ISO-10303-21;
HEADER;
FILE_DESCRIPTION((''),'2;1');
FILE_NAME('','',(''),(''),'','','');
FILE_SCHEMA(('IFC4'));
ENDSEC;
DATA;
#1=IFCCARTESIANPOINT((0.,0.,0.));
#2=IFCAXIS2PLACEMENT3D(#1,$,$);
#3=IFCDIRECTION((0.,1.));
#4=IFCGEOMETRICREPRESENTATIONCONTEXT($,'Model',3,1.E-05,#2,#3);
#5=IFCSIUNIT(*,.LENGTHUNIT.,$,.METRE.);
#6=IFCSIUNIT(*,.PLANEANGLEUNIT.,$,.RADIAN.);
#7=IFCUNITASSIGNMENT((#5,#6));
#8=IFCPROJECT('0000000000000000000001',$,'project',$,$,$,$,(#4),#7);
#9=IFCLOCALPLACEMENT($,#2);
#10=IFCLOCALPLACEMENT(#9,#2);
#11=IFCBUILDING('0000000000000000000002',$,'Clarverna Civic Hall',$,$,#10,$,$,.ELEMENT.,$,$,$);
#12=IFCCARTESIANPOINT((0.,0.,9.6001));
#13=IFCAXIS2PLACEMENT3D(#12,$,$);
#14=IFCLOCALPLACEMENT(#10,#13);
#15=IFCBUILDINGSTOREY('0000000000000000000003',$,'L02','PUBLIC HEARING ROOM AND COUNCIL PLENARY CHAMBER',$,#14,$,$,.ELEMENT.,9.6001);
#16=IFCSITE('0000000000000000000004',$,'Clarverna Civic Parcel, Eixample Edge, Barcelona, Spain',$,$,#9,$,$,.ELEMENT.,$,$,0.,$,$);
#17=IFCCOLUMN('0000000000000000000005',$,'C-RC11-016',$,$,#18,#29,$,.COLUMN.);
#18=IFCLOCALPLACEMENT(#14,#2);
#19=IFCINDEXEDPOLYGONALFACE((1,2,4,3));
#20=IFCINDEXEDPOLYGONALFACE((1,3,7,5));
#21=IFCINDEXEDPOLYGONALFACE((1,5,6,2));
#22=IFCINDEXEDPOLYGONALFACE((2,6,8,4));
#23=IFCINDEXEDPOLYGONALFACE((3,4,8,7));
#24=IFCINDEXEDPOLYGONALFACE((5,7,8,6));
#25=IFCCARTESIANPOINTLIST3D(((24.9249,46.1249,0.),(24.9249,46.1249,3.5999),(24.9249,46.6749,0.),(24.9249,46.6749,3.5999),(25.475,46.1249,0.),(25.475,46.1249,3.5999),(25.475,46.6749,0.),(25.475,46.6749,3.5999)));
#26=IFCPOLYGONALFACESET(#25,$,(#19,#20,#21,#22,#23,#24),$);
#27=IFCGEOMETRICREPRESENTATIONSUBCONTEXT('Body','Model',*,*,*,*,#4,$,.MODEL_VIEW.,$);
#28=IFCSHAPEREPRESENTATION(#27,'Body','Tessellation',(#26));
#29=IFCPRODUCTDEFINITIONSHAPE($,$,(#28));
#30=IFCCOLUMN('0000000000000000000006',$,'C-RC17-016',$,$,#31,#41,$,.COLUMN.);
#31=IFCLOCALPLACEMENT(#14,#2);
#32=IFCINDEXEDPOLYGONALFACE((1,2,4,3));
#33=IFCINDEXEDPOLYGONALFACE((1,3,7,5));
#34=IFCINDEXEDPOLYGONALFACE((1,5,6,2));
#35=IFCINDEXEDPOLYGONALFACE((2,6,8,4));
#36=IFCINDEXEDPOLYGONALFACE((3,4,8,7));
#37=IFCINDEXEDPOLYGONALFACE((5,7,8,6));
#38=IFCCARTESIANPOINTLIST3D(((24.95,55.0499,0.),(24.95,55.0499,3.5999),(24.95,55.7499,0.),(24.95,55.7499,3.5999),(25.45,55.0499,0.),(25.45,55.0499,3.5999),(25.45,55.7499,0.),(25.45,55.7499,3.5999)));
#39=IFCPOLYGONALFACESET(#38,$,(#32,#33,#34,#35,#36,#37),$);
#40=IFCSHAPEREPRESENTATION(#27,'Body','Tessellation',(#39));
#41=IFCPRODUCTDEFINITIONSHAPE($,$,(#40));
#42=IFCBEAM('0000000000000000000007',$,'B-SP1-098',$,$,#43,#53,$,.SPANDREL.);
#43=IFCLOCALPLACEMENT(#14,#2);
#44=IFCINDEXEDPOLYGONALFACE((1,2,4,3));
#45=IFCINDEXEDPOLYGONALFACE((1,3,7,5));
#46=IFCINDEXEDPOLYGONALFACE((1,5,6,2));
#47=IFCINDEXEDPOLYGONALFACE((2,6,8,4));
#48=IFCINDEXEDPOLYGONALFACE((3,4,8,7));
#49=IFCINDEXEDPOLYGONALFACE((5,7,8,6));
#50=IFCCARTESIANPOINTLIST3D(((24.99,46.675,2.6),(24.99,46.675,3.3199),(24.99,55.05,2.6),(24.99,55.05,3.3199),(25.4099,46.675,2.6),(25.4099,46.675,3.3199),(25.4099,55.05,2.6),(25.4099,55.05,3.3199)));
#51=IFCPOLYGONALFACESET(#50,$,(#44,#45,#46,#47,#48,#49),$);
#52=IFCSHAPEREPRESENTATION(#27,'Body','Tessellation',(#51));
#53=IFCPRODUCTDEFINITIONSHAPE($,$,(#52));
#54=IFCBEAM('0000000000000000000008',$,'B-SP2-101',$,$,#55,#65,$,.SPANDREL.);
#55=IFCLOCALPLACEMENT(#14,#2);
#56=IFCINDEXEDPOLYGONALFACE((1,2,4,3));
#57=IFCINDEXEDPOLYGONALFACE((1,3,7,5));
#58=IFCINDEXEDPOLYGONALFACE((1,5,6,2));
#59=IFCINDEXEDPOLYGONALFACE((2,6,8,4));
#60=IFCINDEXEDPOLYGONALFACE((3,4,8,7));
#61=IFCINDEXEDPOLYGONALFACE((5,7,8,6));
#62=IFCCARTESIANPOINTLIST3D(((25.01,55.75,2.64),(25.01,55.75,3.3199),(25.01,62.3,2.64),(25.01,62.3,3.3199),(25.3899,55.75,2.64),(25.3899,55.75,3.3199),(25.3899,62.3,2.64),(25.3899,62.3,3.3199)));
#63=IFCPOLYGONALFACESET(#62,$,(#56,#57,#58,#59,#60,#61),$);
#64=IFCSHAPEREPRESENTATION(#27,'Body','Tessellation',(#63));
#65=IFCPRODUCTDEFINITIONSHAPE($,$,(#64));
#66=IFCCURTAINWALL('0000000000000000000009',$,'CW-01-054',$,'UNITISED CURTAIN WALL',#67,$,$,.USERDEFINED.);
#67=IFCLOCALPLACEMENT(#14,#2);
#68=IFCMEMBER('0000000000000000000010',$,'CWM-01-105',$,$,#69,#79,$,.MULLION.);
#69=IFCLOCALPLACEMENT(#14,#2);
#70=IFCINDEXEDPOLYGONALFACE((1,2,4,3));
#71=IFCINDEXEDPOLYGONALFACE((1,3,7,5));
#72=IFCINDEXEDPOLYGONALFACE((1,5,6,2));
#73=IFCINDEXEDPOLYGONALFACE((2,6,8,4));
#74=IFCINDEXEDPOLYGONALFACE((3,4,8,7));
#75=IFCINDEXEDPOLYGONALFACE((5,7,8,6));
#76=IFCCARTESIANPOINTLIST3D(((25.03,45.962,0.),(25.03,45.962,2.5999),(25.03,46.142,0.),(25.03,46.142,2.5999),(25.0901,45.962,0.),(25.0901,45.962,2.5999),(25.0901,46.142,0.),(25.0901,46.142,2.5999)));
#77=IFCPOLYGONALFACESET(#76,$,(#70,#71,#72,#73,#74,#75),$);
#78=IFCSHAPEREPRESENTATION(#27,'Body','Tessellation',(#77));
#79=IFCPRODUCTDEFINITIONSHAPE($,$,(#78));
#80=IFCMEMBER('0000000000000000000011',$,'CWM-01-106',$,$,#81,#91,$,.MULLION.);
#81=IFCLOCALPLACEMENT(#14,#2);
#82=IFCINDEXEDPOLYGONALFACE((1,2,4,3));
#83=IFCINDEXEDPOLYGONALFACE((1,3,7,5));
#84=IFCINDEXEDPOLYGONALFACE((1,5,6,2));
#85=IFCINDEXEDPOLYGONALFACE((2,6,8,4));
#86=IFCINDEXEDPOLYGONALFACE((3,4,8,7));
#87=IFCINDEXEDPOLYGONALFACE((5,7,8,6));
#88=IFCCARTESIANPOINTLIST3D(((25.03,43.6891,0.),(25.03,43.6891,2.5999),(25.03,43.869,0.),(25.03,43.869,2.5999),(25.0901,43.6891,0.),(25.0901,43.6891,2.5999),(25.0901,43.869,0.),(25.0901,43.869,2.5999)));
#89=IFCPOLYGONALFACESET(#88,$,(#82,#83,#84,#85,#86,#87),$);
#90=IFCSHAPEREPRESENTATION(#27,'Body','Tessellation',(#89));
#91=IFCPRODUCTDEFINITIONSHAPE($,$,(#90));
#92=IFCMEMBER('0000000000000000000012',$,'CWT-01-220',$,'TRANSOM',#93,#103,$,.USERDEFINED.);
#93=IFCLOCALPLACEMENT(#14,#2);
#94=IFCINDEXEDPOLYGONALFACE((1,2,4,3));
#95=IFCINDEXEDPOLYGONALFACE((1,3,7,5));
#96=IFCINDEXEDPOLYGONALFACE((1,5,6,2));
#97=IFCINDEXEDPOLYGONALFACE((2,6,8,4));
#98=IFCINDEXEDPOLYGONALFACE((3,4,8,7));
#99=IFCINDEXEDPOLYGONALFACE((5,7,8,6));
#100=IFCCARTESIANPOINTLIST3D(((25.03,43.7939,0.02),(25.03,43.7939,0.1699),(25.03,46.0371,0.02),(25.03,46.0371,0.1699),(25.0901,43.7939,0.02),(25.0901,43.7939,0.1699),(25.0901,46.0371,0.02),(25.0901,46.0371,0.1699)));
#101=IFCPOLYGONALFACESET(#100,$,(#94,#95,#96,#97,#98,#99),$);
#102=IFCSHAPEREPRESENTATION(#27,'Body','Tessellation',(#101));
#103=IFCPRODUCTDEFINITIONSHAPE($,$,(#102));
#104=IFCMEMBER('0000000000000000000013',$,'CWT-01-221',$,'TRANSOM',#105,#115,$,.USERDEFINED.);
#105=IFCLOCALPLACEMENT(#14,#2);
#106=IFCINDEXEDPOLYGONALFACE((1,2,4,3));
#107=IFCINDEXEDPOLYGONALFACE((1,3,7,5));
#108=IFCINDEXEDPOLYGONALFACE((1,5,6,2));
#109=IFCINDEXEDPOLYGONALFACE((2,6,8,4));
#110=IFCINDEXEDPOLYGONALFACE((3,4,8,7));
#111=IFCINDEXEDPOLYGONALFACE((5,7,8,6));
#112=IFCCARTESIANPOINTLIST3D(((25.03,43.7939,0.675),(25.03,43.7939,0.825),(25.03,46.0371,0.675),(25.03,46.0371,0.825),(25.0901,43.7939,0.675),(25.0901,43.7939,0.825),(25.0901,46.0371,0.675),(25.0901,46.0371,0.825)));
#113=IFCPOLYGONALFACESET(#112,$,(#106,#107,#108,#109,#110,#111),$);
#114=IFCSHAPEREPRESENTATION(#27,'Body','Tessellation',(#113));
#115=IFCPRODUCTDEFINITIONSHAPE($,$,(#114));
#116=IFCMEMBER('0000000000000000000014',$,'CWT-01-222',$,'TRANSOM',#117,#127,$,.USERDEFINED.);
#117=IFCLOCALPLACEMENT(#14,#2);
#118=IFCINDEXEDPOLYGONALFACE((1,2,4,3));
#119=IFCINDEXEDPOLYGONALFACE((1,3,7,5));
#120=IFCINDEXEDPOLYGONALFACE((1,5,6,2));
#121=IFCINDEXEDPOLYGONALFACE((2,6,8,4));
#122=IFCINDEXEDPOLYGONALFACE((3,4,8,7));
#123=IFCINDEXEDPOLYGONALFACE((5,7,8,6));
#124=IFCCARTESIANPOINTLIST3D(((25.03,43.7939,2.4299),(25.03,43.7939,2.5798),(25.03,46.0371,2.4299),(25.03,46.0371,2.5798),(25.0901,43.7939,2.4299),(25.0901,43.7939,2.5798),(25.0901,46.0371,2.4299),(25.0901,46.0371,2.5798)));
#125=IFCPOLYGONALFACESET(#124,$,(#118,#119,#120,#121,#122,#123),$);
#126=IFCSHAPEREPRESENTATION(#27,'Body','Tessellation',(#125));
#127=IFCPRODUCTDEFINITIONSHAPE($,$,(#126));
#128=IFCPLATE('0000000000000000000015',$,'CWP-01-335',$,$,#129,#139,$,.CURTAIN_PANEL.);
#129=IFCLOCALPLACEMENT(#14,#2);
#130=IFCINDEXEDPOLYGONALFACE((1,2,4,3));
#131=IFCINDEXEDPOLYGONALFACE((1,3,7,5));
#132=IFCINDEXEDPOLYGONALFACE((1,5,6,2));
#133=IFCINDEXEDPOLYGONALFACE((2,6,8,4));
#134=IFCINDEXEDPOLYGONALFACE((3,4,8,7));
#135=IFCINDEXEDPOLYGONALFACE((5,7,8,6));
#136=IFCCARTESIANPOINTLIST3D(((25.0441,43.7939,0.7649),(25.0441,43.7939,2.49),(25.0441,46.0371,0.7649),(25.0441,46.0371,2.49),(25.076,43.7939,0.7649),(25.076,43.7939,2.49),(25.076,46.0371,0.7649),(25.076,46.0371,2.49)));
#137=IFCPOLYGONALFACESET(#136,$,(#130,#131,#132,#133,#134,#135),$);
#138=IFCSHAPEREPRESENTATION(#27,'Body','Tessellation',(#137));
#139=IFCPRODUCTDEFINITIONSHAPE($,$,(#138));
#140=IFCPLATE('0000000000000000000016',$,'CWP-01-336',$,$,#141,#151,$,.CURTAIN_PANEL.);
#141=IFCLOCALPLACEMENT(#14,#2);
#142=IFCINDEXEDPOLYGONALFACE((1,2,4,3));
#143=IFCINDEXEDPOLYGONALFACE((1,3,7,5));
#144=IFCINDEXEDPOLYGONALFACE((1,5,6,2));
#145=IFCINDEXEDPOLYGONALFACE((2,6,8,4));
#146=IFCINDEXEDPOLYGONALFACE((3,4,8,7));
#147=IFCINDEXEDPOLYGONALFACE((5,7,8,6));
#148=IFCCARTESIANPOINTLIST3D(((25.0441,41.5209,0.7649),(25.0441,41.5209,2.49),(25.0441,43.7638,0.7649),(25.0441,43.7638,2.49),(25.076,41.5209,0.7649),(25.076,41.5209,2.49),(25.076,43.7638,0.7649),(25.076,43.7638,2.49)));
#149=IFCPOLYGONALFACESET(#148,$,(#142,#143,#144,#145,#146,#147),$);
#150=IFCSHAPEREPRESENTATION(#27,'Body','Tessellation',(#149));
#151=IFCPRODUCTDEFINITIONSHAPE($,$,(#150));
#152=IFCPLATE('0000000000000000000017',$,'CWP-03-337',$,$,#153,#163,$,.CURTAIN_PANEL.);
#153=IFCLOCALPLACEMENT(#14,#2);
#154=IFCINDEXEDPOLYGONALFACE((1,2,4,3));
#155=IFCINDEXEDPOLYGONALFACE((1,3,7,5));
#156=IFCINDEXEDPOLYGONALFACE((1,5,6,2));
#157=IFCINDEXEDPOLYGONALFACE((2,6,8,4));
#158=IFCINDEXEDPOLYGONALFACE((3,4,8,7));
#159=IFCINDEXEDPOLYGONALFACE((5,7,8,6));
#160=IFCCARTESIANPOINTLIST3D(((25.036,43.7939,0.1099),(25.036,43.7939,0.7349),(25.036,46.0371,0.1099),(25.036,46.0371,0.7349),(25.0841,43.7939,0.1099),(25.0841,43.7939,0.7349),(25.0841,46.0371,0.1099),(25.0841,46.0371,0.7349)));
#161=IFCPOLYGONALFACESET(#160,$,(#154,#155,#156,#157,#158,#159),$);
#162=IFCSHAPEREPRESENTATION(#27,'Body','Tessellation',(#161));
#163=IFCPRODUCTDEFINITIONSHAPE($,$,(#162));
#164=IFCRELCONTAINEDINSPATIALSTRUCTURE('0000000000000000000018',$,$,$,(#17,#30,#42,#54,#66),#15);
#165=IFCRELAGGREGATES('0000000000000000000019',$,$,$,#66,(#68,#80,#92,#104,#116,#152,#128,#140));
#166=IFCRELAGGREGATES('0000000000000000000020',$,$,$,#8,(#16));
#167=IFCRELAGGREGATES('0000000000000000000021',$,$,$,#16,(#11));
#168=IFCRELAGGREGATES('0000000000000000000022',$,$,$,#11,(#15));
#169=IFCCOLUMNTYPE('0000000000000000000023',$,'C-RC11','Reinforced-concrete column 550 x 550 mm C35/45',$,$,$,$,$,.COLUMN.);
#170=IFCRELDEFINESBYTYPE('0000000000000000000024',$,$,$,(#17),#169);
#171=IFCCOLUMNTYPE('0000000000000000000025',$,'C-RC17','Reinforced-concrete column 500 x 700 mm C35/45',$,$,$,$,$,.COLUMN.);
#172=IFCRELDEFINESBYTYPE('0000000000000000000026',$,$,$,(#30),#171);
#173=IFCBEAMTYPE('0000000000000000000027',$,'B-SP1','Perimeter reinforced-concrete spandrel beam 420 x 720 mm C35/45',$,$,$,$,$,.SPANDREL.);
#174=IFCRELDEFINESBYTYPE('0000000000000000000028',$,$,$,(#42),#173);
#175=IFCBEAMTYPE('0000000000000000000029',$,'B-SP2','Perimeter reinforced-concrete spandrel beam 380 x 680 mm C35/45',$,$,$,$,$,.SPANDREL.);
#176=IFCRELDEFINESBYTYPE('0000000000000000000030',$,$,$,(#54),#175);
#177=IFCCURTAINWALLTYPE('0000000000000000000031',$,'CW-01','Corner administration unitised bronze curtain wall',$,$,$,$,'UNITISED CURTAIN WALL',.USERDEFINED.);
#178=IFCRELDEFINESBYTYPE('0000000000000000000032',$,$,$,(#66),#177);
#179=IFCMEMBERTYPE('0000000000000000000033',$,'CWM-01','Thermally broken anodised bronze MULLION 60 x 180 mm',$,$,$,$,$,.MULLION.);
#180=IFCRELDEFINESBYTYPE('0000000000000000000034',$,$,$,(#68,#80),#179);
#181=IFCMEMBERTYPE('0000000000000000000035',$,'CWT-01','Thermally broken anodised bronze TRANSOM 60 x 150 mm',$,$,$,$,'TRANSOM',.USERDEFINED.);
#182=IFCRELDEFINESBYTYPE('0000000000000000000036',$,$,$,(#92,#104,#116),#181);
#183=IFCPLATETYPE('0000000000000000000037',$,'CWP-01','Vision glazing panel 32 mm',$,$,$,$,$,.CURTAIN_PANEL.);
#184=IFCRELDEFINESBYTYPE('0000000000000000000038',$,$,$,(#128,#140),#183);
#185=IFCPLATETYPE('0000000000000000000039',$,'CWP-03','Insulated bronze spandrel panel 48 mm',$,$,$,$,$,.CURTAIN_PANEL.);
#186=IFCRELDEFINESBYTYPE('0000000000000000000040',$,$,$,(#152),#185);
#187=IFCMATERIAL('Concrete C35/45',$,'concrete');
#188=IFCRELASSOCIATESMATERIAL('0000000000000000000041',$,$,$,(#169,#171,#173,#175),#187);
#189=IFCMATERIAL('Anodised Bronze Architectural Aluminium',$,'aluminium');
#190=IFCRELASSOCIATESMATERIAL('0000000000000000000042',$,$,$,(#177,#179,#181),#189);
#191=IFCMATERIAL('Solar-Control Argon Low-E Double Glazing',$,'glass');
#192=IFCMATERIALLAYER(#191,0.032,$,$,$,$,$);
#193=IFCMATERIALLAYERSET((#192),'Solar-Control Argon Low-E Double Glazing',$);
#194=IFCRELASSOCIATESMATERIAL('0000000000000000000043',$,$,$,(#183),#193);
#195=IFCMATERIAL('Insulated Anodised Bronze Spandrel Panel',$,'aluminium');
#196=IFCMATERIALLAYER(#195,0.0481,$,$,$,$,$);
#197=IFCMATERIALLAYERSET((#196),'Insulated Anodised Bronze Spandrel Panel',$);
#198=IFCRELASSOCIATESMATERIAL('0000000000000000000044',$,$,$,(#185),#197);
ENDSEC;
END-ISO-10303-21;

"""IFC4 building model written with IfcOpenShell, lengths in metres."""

from ifc_helpers import new_model, si_unit, direction, frame, frame_2d, origin, origin_2d, place, context, subcontext, project, spatial, rectangle, extrude, material, layer, layer_set, material_profile, profile_set, type_object, element, aggregate, save


model = new_model("IFC4")

# Units and contexts
model_context = context("Model", 3, precision=1e-05, world=origin(), true_north=direction((0.0, 1.0)))
body_context = subcontext(model_context, "Body", "Model", "MODEL_VIEW")
ifc_project = project(units=[si_unit("LENGTHUNIT", "METRE"), si_unit("PLANEANGLEUNIT", "RADIAN")], contexts=[model_context])

# Site, building, storey
site_placement = place(None, origin())
site = spatial("IfcSite", under=ifc_project, at=site_placement, Name="Clarverna Civic Parcel, Eixample Edge, Barcelona, Spain", CompositionType="ELEMENT", RefElevation=0.0)
building_placement = place(site_placement, origin())
building = spatial("IfcBuilding", under=site, at=building_placement, Name="Clarverna Civic Hall", CompositionType="ELEMENT")
storey_placement = place(building_placement, frame((0.0, 0.0, 9.6001)))
storey = spatial("IfcBuildingStorey", under=building, at=storey_placement, Name="L02", Description="PUBLIC HEARING ROOM AND COUNCIL PLENARY CHAMBER", CompositionType="ELEMENT", Elevation=9.6001)

# Columns
ifc_material_1 = material(Name="Concrete C35/45", Category="concrete")
ifc_material_profile_1 = material_profile(ifc_material_1, rectangle(XDim=0.55, YDim=0.55, at=origin_2d()), Name="RC 550x550")
ifc_profile_set_1 = profile_set([ifc_material_profile_1], Name="Concrete C35/45")
column_type_1 = type_object("IfcColumnType", Name="C-RC11", Description="Reinforced-concrete column 550 x 550 mm C35/45", PredefinedType="COLUMN", material=ifc_profile_set_1)
column_1_placement = place(storey_placement, frame((25.2, 46.3999, 0.0), z_axis=(0.0, 0.0, 1.0), x_axis=(1.0, 0.0, 0.0)))
element("IfcColumn", 1, at=column_1_placement, inside=storey, type_object=column_type_1, Name="C-RC11-016", PredefinedType="COLUMN", context=body_context, shape_type="SweptSolid", body=[
    extrude(rectangle(XDim=0.55, YDim=0.55, at=origin_2d()), origin(), (0.0, 0.0, 1.0), 3.5999),
])
ifc_material_profile_2 = material_profile(ifc_material_1, rectangle(XDim=0.5, YDim=0.7, at=origin_2d()), Name="RC 500x700")
ifc_profile_set_2 = profile_set([ifc_material_profile_2], Name="Concrete C35/45")
column_type_2 = type_object("IfcColumnType", Name="C-RC17", Description="Reinforced-concrete column 500 x 700 mm C35/45", PredefinedType="COLUMN", material=ifc_profile_set_2)
column_2_placement = place(storey_placement, frame((25.2, 55.3999, 0.0), z_axis=(0.0, 0.0, 1.0), x_axis=(1.0, 0.0, 0.0)))
element("IfcColumn", 2, at=column_2_placement, inside=storey, type_object=column_type_2, Name="C-RC17-016", PredefinedType="COLUMN", context=body_context, shape_type="SweptSolid", body=[
    extrude(rectangle(XDim=0.5, YDim=0.7, at=origin_2d()), origin(), (0.0, 0.0, 1.0), 3.5999),
])

# Beams
ifc_material_profile_3 = material_profile(ifc_material_1, rectangle(XDim=0.4199, YDim=0.72, at=origin_2d()), Name="RC 420x720")
ifc_profile_set_3 = profile_set([ifc_material_profile_3], Name="Concrete C35/45")
beam_type_1 = type_object("IfcBeamType", Name="B-SP1", Description="Perimeter reinforced-concrete spandrel beam 420 x 720 mm C35/45", PredefinedType="SPANDREL", material=ifc_profile_set_3)
beam_1_placement = place(storey_placement, frame((25.2, 46.675, 2.96), z_axis=(0.0, 1.0, 0.0), x_axis=(-1.0, 0.0, 0.0)))
element("IfcBeam", 3, at=beam_1_placement, inside=storey, type_object=beam_type_1, Name="B-SP1-098", PredefinedType="SPANDREL", context=body_context, shape_type="SweptSolid", body=[
    extrude(rectangle(XDim=0.4199, YDim=0.72, at=origin_2d()), origin(), (0.0, 0.0, 1.0), 8.375),
])
ifc_material_profile_4 = material_profile(ifc_material_1, rectangle(XDim=0.3799, YDim=0.6799, at=origin_2d()), Name="RC 380x680")
ifc_profile_set_4 = profile_set([ifc_material_profile_4], Name="Concrete C35/45")
beam_type_2 = type_object("IfcBeamType", Name="B-SP2", Description="Perimeter reinforced-concrete spandrel beam 380 x 680 mm C35/45", PredefinedType="SPANDREL", material=ifc_profile_set_4)
beam_2_placement = place(storey_placement, frame((25.2, 55.75, 2.98), z_axis=(0.0, 1.0, 0.0), x_axis=(-1.0, 0.0, 0.0)))
element("IfcBeam", 4, at=beam_2_placement, inside=storey, type_object=beam_type_2, Name="B-SP2-101", PredefinedType="SPANDREL", context=body_context, shape_type="SweptSolid", body=[
    extrude(rectangle(XDim=0.3799, YDim=0.6799, at=origin_2d()), origin(), (0.0, 0.0, 1.0), 6.55),
])

# Curtain wall, members, plates
ifc_material_2 = material(Name="Anodised Bronze Architectural Aluminium", Category="aluminium")
curtain_wall_type = type_object("IfcCurtainWallType", Name="CW-01", Description="Corner administration unitised bronze curtain wall", ElementType="UNITISED CURTAIN WALL", PredefinedType="USERDEFINED", material=ifc_material_2)
curtain_wall_placement = place(storey_placement, origin())
curtain_wall = element("IfcCurtainWall", 5, at=curtain_wall_placement, inside=storey, type_object=curtain_wall_type, Name="CW-01-054", ObjectType="UNITISED CURTAIN WALL", PredefinedType="USERDEFINED")
ifc_material_profile_5 = material_profile(ifc_material_2, rectangle(XDim=0.0601, YDim=0.1799, at=origin_2d()), Name="BRONZE 60x180")
ifc_profile_set_5 = profile_set([ifc_material_profile_5], Name="Anodised Bronze Architectural Aluminium")
member_type_1 = type_object("IfcMemberType", Name="CWM-01", Description="Thermally broken anodised bronze MULLION 60 x 180 mm", PredefinedType="MULLION", material=ifc_profile_set_5)
member_1_placement = place(storey_placement, frame((25.0601, 46.052, 0.0), z_axis=(0.0, 0.0, 1.0), x_axis=(1.0, 0.0, 0.0)))
member_1 = element("IfcMember", 6, at=member_1_placement, type_object=member_type_1, Name="CWM-01-105", PredefinedType="MULLION", context=body_context, shape_type="SweptSolid", body=[
    extrude(rectangle(XDim=0.0601, YDim=0.1799, at=origin_2d()), origin(), (0.0, 0.0, 1.0), 2.5999),
])
member_2_placement = place(storey_placement, frame((25.0601, 43.7791, 0.0), z_axis=(0.0, 0.0, 1.0), x_axis=(1.0, 0.0, 0.0)))
member_2 = element("IfcMember", 7, at=member_2_placement, type_object=member_type_1, Name="CWM-01-106", PredefinedType="MULLION", context=body_context, shape_type="SweptSolid", body=[
    extrude(rectangle(XDim=0.0601, YDim=0.1799, at=origin_2d()), origin(), (0.0, 0.0, 1.0), 2.5999),
])
ifc_material_profile_6 = material_profile(ifc_material_2, rectangle(XDim=0.0601, YDim=0.1499, at=origin_2d()), Name="BRONZE 60x150")
ifc_profile_set_6 = profile_set([ifc_material_profile_6], Name="Anodised Bronze Architectural Aluminium")
member_type_2 = type_object("IfcMemberType", Name="CWT-01", Description="Thermally broken anodised bronze TRANSOM 60 x 150 mm", ElementType="TRANSOM", PredefinedType="USERDEFINED", material=ifc_profile_set_6)
member_3_placement = place(storey_placement, frame((25.0601, 46.0371, 0.095), z_axis=(0.0, -1.0, 0.0), x_axis=(1.0, 0.0, 0.0)))
member_3 = element("IfcMember", 8, at=member_3_placement, type_object=member_type_2, Name="CWT-01-220", ObjectType="TRANSOM", PredefinedType="USERDEFINED", context=body_context, shape_type="SweptSolid", body=[
    extrude(rectangle(XDim=0.0601, YDim=0.1499, at=origin_2d()), origin(), (0.0, 0.0, 1.0), 2.2432),
])
member_4_placement = place(storey_placement, frame((25.0601, 46.0371, 0.75), z_axis=(0.0, -1.0, 0.0), x_axis=(1.0, 0.0, 0.0)))
member_4 = element("IfcMember", 9, at=member_4_placement, type_object=member_type_2, Name="CWT-01-221", ObjectType="TRANSOM", PredefinedType="USERDEFINED", context=body_context, shape_type="SweptSolid", body=[
    extrude(rectangle(XDim=0.0601, YDim=0.1499, at=origin_2d()), origin(), (0.0, 0.0, 1.0), 2.2432),
])
member_5_placement = place(storey_placement, frame((25.0601, 46.0371, 2.5049), z_axis=(0.0, -1.0, 0.0), x_axis=(1.0, 0.0, 0.0)))
member_5 = element("IfcMember", 10, at=member_5_placement, type_object=member_type_2, Name="CWT-01-222", ObjectType="TRANSOM", PredefinedType="USERDEFINED", context=body_context, shape_type="SweptSolid", body=[
    extrude(rectangle(XDim=0.0601, YDim=0.1499, at=origin_2d()), origin(), (0.0, 0.0, 1.0), 2.2432),
])
ifc_material_3 = material(Name="Solar-Control Argon Low-E Double Glazing", Category="glass")
ifc_layer_1 = layer(ifc_material_3, 0.032)
ifc_layer_set_1 = layer_set([ifc_layer_1], Name="Solar-Control Argon Low-E Double Glazing")
plate_type_1 = type_object("IfcPlateType", Name="CWP-01", Description="Vision glazing panel 32 mm", PredefinedType="CURTAIN_PANEL", material=ifc_layer_set_1)
plate_1_placement = place(storey_placement, frame((25.0601, 46.0371, 0.7649), z_axis=(0.0, 0.0, 1.0), x_axis=(0.0, -1.0, 0.0)))
plate_1 = element("IfcPlate", 11, at=plate_1_placement, type_object=plate_type_1, Name="CWP-01-335", PredefinedType="CURTAIN_PANEL", context=body_context, shape_type="SweptSolid", body=[
    extrude(rectangle(XDim=2.2432, YDim=0.032, at=frame_2d((1.1216, 0.0))), origin(), (0.0, 0.0, 1.0), 1.7251),
])
plate_2_placement = place(storey_placement, frame((25.0601, 43.7639, 0.7649), z_axis=(0.0, 0.0, 1.0), x_axis=(0.0, -1.0, 0.0)))
plate_2 = element("IfcPlate", 12, at=plate_2_placement, type_object=plate_type_1, Name="CWP-01-336", PredefinedType="CURTAIN_PANEL", context=body_context, shape_type="SweptSolid", body=[
    extrude(rectangle(XDim=2.2429, YDim=0.032, at=frame_2d((1.1216, 0.0))), origin(), (0.0, 0.0, 1.0), 1.7251),
])
ifc_material_4 = material(Name="Insulated Anodised Bronze Spandrel Panel", Category="aluminium")
ifc_layer_2 = layer(ifc_material_4, 0.0481)
ifc_layer_set_2 = layer_set([ifc_layer_2], Name="Insulated Anodised Bronze Spandrel Panel")
plate_type_2 = type_object("IfcPlateType", Name="CWP-03", Description="Insulated bronze spandrel panel 48 mm", PredefinedType="CURTAIN_PANEL", material=ifc_layer_set_2)
plate_3_placement = place(storey_placement, frame((25.0601, 46.0371, 0.1099), z_axis=(0.0, 0.0, 1.0), x_axis=(0.0, -1.0, 0.0)))
plate_3 = element("IfcPlate", 13, at=plate_3_placement, type_object=plate_type_2, Name="CWP-03-337", PredefinedType="CURTAIN_PANEL", context=body_context, shape_type="SweptSolid", body=[
    extrude(rectangle(XDim=2.2432, YDim=0.0481, at=frame_2d((1.1216, 0.0))), origin(), (0.0, 0.0, 1.0), 0.625),
])
aggregate(curtain_wall, [member_1, member_2, member_3, member_4, member_5, plate_3, plate_1, plate_2])

save(model, "model.ifc")
